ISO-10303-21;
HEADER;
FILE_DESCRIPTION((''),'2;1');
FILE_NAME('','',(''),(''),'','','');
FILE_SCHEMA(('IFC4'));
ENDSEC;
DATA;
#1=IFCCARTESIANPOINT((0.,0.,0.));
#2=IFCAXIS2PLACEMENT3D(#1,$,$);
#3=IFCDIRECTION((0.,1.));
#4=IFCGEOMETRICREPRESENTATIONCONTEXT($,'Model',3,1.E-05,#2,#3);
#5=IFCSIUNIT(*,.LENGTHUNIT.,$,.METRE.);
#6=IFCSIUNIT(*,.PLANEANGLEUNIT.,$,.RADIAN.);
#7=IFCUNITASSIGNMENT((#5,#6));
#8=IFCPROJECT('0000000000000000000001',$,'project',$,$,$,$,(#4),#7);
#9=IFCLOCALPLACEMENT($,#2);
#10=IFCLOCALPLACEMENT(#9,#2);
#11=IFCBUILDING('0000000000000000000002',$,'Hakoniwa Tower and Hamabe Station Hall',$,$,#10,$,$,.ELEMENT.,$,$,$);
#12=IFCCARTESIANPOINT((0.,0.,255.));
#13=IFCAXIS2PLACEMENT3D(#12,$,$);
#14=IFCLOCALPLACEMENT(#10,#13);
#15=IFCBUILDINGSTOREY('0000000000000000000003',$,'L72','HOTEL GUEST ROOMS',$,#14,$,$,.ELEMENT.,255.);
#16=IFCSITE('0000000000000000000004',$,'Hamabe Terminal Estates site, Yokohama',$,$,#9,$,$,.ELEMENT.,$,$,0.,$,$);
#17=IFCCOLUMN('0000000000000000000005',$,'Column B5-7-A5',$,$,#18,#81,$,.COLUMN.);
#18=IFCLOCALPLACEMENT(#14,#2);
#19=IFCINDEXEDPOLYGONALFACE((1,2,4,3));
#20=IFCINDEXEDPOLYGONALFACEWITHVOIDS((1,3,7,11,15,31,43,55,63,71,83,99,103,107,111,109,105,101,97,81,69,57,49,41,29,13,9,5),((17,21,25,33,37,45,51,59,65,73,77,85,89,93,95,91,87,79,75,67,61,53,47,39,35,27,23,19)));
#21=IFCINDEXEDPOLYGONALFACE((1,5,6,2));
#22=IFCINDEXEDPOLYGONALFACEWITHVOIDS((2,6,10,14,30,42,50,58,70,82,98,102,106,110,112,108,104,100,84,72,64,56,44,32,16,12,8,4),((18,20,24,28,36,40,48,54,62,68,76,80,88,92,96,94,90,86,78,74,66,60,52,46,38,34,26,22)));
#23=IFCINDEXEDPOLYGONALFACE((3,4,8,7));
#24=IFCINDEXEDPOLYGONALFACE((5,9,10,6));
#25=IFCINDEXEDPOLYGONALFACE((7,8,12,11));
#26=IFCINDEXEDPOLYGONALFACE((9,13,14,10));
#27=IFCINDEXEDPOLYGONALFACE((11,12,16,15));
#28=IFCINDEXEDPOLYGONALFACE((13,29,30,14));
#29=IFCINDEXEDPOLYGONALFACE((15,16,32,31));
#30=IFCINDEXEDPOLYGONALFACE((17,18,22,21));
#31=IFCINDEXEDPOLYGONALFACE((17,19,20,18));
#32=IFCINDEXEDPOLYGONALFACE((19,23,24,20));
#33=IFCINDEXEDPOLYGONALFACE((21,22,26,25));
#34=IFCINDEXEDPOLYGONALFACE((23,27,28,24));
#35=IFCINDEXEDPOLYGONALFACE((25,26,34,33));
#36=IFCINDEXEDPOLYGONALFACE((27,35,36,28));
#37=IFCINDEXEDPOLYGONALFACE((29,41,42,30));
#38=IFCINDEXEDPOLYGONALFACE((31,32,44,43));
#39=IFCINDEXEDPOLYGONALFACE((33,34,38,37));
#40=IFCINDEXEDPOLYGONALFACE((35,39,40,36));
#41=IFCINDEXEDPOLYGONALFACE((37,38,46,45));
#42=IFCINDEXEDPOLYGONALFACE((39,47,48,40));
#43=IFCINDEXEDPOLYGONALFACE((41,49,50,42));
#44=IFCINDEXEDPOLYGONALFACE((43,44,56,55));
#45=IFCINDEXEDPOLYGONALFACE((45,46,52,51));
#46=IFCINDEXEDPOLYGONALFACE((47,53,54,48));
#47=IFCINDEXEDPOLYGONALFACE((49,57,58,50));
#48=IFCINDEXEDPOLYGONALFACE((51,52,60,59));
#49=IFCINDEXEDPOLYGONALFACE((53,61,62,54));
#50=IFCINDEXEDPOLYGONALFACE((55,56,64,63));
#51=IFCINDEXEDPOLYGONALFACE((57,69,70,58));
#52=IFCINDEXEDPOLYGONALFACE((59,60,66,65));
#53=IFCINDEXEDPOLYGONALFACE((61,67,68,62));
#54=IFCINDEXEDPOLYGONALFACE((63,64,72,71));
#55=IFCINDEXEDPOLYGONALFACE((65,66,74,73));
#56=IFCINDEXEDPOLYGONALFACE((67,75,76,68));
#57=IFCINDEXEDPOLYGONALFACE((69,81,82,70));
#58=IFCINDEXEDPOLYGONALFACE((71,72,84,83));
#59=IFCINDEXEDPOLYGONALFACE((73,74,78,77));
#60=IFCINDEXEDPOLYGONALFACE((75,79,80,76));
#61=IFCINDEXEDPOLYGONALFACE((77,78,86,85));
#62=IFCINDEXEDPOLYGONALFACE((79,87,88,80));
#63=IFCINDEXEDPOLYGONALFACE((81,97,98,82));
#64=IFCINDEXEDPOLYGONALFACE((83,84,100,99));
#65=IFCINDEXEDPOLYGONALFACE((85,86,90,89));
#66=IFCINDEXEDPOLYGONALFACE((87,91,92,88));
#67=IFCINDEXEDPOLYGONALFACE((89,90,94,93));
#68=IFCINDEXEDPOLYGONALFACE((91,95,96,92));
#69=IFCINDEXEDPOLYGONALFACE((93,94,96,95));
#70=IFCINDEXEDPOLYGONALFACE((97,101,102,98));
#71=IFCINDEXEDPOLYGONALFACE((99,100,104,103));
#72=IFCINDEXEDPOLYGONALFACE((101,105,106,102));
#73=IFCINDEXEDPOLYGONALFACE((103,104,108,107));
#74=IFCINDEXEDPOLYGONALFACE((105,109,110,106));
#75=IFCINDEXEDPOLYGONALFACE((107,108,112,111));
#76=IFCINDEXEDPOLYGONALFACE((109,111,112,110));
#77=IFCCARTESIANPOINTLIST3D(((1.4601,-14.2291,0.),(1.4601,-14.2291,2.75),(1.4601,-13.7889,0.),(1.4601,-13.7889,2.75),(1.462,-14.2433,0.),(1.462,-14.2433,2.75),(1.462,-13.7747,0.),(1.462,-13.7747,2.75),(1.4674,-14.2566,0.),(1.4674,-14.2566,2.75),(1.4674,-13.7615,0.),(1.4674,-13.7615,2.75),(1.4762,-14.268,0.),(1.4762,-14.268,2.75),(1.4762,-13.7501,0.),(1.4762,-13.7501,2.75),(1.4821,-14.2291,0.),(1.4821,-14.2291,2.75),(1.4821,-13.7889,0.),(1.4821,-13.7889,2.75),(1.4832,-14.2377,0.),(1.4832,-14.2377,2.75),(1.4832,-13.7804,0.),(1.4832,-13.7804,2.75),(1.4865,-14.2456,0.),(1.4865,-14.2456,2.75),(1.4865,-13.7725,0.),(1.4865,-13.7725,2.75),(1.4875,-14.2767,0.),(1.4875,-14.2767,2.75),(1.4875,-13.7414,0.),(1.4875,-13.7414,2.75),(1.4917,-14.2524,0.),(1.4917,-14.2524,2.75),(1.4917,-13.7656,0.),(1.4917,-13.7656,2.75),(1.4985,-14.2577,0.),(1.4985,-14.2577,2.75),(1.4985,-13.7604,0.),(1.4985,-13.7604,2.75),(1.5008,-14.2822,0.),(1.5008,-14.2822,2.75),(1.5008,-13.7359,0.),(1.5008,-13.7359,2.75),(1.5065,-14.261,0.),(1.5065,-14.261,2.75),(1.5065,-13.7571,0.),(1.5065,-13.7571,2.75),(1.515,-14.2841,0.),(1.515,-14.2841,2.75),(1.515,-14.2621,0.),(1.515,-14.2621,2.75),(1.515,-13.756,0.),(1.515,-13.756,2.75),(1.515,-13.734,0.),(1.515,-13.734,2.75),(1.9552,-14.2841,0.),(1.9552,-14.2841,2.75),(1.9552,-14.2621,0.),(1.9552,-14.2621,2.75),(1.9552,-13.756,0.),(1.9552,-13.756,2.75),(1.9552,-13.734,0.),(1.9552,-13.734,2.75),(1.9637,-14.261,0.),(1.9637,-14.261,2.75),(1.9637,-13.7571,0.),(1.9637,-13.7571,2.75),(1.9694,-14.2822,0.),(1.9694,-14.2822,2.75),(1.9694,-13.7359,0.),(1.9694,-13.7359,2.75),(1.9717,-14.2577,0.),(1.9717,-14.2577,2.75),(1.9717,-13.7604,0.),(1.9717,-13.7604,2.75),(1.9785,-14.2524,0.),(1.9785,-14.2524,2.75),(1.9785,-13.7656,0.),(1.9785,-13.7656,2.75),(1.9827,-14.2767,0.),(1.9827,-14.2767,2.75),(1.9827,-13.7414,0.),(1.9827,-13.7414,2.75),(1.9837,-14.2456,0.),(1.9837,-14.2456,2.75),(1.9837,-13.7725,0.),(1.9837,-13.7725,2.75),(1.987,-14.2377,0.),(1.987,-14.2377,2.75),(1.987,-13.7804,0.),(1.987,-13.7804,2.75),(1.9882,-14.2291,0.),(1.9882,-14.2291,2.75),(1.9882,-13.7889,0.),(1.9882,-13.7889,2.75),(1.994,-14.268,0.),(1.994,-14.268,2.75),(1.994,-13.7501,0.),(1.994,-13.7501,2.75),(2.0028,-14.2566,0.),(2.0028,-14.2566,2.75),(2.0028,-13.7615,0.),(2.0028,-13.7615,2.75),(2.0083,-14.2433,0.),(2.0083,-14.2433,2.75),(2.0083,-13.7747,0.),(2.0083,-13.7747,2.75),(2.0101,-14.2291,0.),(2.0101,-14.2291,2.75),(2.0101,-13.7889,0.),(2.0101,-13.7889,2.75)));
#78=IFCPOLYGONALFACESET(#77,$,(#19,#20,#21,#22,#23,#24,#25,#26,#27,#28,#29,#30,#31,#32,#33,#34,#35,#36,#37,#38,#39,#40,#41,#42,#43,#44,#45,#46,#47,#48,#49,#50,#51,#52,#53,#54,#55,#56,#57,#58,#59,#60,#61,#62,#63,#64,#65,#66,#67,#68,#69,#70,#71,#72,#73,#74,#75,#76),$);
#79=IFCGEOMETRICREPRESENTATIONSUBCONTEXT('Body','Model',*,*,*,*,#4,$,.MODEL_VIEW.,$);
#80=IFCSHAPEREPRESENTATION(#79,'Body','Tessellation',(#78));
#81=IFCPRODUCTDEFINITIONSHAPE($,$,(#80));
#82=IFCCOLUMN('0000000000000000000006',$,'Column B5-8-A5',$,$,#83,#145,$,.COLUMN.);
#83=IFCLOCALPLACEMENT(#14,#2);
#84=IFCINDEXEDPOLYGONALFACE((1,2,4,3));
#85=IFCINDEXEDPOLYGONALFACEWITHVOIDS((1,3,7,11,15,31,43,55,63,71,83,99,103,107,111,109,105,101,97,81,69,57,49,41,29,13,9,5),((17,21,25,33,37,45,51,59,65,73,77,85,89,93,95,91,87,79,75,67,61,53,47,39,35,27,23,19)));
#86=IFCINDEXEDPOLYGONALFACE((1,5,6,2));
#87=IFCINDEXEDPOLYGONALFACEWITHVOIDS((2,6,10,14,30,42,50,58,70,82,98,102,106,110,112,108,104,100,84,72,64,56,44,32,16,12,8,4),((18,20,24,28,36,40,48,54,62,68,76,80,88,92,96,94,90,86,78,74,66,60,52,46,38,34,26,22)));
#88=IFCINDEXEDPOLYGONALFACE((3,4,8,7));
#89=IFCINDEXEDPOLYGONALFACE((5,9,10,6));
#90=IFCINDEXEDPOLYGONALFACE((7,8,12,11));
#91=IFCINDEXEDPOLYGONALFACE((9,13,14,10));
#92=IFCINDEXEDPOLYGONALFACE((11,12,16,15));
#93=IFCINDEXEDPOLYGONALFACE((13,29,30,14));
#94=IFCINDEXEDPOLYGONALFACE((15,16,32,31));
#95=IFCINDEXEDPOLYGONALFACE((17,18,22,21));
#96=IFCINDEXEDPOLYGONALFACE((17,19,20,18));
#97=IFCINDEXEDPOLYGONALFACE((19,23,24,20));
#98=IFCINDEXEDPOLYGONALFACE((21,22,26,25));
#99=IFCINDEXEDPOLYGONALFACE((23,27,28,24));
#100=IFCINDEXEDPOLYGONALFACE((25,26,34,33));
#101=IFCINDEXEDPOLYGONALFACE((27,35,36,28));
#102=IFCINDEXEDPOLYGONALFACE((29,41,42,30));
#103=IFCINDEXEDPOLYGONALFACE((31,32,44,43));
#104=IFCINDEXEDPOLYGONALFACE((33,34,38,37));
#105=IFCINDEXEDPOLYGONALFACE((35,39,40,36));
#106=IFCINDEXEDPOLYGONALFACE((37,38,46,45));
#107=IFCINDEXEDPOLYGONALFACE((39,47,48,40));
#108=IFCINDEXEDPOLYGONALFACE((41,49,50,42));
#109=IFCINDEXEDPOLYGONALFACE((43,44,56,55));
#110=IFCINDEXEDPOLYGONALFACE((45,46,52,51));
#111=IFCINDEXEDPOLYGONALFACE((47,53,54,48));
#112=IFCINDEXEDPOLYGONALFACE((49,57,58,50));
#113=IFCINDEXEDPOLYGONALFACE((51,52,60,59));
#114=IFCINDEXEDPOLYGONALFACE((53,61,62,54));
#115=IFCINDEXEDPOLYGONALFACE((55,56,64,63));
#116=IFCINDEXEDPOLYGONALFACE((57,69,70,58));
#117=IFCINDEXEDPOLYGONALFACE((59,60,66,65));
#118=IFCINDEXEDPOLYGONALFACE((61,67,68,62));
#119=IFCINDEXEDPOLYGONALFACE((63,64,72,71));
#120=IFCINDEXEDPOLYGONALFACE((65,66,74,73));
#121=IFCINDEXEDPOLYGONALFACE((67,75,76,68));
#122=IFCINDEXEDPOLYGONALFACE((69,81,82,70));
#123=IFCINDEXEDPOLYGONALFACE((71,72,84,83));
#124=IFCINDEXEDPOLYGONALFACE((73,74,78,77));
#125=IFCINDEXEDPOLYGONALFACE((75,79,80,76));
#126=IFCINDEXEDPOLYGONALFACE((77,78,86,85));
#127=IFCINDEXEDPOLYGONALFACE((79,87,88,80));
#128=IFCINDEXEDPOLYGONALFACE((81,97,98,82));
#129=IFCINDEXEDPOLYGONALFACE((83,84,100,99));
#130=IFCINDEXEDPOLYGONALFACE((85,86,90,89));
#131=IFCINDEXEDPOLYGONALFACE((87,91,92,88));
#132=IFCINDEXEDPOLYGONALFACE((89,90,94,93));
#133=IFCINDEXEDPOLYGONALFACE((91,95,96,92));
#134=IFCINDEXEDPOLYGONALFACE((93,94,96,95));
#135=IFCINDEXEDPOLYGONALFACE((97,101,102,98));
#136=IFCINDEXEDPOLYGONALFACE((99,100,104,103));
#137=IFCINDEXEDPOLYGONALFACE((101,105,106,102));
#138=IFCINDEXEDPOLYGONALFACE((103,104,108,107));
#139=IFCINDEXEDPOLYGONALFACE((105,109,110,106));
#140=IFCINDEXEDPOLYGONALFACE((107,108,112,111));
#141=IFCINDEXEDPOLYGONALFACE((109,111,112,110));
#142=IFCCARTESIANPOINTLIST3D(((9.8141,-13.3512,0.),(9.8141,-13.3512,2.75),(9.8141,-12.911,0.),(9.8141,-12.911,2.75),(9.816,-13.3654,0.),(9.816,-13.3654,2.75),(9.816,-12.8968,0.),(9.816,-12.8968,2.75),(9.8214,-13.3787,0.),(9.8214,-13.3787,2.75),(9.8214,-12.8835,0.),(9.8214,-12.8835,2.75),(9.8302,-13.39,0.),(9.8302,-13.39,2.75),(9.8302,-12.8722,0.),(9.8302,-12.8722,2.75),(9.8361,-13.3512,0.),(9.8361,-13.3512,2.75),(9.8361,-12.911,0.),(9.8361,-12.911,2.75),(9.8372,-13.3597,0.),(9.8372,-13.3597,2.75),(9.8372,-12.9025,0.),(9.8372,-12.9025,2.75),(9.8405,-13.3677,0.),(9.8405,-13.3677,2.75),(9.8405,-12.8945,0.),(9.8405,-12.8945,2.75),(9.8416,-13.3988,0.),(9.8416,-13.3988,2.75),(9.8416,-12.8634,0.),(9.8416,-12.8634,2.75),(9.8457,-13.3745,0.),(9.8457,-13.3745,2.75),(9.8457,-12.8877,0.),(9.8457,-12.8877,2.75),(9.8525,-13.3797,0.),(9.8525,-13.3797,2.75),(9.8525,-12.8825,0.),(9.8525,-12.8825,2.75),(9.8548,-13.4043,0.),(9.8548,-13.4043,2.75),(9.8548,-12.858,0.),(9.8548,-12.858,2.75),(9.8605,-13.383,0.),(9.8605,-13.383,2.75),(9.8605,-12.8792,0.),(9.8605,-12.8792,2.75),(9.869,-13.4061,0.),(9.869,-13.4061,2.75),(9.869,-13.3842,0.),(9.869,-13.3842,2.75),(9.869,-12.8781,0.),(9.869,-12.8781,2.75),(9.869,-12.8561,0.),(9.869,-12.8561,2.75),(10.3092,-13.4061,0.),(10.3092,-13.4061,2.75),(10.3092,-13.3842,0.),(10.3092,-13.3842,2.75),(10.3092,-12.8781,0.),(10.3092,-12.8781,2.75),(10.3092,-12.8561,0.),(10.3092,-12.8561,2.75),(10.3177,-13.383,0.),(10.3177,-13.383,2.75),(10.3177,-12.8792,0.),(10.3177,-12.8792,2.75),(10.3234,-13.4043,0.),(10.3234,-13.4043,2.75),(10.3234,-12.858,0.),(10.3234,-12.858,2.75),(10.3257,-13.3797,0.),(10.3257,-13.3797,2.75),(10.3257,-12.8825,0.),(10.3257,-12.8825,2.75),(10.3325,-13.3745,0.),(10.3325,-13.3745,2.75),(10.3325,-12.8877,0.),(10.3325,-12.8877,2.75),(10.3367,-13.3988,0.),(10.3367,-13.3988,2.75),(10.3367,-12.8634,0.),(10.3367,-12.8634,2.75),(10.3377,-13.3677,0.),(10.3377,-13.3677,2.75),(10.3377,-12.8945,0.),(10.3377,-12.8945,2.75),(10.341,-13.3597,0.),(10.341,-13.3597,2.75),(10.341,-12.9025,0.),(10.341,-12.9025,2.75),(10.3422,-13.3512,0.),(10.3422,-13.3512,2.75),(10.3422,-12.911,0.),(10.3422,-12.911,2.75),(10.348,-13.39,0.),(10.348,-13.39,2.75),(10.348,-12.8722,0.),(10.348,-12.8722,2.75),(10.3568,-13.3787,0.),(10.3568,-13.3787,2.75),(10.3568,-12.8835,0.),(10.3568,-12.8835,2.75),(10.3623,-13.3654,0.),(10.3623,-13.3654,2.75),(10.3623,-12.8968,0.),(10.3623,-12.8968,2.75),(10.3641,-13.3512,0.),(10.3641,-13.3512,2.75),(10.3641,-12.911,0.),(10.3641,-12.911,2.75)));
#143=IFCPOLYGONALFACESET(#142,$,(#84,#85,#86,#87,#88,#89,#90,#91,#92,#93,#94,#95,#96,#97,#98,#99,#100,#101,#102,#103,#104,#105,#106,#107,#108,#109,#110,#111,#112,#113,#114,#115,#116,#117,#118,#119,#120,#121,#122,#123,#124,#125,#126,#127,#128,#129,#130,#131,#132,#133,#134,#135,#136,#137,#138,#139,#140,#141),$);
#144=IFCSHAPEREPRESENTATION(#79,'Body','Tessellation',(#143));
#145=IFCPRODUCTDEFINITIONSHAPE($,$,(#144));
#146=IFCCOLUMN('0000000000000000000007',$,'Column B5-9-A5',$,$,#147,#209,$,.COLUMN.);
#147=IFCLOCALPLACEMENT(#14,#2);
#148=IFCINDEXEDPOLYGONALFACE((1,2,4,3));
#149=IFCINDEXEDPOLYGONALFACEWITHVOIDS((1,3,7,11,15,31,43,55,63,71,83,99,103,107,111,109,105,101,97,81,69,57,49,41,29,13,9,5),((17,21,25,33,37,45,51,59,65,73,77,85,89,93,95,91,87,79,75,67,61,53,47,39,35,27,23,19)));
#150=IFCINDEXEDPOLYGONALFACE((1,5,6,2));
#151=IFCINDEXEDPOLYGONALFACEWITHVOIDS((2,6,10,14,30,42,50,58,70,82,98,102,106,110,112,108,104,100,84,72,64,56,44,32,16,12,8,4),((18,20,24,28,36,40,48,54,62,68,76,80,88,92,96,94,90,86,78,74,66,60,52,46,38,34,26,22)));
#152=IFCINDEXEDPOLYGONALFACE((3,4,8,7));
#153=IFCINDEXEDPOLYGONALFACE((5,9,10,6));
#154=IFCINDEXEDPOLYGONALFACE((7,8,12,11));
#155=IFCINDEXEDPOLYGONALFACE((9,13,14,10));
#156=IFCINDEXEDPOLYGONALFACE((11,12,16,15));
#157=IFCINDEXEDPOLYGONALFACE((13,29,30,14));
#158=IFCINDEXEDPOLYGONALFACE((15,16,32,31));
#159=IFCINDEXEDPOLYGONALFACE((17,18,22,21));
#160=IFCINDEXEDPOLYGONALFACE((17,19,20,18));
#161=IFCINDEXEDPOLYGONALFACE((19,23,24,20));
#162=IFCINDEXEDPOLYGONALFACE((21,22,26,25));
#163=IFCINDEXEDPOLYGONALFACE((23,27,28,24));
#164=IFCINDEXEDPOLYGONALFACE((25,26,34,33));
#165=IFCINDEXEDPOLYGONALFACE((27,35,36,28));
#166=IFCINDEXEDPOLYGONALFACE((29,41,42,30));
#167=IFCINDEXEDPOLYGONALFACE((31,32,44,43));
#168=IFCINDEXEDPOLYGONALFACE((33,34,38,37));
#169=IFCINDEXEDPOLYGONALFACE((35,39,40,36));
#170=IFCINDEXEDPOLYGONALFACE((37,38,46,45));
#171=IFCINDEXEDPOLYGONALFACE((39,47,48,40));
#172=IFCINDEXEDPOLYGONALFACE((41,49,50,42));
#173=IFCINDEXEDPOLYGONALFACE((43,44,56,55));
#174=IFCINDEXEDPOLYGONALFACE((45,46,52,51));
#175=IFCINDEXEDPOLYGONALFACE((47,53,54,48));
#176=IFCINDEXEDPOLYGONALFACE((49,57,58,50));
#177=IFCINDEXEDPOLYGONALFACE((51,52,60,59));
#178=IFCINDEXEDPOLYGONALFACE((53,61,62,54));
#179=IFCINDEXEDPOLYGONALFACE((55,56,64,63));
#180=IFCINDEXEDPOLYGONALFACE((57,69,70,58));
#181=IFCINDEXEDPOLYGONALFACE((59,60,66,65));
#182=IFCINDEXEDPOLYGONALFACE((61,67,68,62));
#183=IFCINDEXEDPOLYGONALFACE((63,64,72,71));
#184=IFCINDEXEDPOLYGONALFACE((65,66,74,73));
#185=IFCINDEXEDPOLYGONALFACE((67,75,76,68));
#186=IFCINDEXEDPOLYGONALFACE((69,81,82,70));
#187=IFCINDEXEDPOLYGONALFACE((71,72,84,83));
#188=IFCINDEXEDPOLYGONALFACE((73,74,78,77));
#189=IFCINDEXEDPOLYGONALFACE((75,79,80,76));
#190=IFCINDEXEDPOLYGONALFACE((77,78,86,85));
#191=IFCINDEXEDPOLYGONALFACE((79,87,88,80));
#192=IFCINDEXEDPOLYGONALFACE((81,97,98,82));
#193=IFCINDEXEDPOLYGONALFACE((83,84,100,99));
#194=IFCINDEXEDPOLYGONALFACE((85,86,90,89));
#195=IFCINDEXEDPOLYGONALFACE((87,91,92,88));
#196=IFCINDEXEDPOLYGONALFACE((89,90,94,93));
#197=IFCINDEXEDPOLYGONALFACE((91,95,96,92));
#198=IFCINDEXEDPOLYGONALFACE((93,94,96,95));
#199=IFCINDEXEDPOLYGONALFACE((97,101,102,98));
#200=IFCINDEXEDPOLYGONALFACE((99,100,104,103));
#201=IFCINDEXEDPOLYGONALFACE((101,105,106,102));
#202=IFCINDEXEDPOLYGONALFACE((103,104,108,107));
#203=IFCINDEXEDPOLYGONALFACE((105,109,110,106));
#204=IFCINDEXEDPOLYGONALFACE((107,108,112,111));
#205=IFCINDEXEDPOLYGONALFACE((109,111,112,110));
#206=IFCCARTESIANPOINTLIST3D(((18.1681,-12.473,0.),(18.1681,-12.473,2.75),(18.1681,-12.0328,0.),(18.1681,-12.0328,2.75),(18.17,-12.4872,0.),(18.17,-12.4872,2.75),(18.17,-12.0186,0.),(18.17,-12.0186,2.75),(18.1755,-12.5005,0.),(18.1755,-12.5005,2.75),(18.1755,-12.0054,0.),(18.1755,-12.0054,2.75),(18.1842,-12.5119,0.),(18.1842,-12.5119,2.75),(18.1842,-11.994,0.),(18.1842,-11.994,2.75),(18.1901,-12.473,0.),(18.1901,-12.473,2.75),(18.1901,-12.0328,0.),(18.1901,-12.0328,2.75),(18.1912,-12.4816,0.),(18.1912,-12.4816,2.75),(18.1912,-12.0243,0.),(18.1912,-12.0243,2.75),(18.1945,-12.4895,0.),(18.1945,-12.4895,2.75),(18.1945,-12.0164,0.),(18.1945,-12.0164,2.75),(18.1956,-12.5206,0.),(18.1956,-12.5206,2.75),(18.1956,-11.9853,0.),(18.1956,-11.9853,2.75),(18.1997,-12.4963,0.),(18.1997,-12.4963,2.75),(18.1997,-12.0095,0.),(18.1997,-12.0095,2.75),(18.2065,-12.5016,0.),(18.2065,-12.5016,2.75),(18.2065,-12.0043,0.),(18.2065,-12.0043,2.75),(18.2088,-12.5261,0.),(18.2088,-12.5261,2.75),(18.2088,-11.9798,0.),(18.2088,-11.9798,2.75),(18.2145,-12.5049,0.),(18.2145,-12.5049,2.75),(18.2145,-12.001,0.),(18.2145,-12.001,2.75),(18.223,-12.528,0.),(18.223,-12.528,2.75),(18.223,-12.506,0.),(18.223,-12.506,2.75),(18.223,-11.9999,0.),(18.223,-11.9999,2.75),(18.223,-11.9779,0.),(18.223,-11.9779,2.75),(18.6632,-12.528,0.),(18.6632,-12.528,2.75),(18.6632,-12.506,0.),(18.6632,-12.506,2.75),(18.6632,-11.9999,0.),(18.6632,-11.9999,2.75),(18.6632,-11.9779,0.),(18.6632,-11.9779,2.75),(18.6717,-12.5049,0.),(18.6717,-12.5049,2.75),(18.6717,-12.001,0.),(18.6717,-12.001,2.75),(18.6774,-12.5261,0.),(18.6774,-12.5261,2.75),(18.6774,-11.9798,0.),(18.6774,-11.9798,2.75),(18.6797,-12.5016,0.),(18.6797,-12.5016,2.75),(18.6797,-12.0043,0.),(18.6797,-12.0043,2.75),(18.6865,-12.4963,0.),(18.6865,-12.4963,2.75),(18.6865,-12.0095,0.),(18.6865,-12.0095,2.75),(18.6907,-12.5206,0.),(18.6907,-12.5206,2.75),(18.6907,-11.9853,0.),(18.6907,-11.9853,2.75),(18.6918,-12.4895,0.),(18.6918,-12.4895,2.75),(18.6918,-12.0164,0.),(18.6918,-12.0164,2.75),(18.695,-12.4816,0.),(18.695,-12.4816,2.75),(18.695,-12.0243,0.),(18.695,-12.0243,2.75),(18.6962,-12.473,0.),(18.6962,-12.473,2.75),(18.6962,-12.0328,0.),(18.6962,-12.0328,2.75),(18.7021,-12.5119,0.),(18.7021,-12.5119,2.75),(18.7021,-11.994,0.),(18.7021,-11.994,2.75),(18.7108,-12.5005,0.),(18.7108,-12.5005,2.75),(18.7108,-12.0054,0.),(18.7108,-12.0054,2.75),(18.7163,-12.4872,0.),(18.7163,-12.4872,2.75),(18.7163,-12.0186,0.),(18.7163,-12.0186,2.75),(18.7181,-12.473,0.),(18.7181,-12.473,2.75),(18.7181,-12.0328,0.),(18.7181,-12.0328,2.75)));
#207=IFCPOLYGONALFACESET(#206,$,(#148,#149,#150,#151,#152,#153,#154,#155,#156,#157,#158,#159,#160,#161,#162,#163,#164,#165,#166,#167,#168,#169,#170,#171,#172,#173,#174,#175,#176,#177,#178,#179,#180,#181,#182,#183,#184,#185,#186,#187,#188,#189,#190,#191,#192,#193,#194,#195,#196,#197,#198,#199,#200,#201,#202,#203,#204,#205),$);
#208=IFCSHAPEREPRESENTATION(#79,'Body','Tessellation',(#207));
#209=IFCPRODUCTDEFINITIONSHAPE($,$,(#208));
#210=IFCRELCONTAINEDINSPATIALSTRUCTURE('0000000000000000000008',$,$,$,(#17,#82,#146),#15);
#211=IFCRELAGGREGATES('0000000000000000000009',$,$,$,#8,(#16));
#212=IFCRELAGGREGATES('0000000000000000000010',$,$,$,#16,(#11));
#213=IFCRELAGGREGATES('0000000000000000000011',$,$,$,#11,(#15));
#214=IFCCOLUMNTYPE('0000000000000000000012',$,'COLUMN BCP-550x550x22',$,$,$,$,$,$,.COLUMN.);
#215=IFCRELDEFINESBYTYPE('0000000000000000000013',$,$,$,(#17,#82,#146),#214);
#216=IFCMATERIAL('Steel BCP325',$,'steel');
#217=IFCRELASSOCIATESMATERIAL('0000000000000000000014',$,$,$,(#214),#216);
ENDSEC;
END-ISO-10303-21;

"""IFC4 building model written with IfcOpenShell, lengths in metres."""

from ifc_helpers import new_model, si_unit, direction, frame, origin, origin_2d, place, context, subcontext, project, spatial, hollow_rectangle, extrude, material, material_profile, profile_set, type_object, element, save


model = new_model("IFC4")

# Units and contexts
model_context = context("Model", 3, precision=1e-05, world=origin(), true_north=direction((0.0, 1.0)))
body_context = subcontext(model_context, "Body", "Model", "MODEL_VIEW")
ifc_project = project(units=[si_unit("LENGTHUNIT", "METRE"), si_unit("PLANEANGLEUNIT", "RADIAN")], contexts=[model_context])

# Site, building, storey
site_placement = place(None, origin())
site = spatial("IfcSite", under=ifc_project, at=site_placement, Name="Hamabe Terminal Estates site, Yokohama", CompositionType="ELEMENT", RefElevation=0.0)
building_placement = place(site_placement, origin())
building = spatial("IfcBuilding", under=site, at=building_placement, Name="Hakoniwa Tower and Hamabe Station Hall", CompositionType="ELEMENT")
storey_placement = place(building_placement, frame((0.0, 0.0, 255.0)))
storey = spatial("IfcBuildingStorey", under=building, at=storey_placement, Name="L72", Description="HOTEL GUEST ROOMS", CompositionType="ELEMENT", Elevation=255.0)

# Columns
ifc_material_1 = material(Name="Steel BCP325", Category="steel")
ifc_material_profile_1 = material_profile(ifc_material_1, hollow_rectangle(XDim=0.55, YDim=0.55, WallThickness=0.022, InnerFilletRadius=0.033, OuterFilletRadius=0.0549, at=origin_2d()), Name="BCP-550x550x22")
ifc_profile_set_1 = profile_set([ifc_material_profile_1], Name="Steel BCP325")
column_type = type_object("IfcColumnType", Name="COLUMN BCP-550x550x22", PredefinedType="COLUMN", material=ifc_profile_set_1)
for number, where, z_axis, x_axis, name in (
    (1, (1.7351, -14.009, 0.0), (0.0, 0.0, 1.0), (1.0, 0.0, 0.0), "Column B5-7-A5"),
    (2, (10.0891, -13.1311, 0.0), (0.0, 0.0, 1.0), (1.0, 0.0, 0.0), "Column B5-8-A5"),
    (3, (18.4431, -12.2529, 0.0), (0.0, 0.0, 1.0), (1.0, 0.0, 0.0), "Column B5-9-A5"),
):
    element("IfcColumn", number, at=place(storey_placement, frame(where, z_axis=z_axis, x_axis=x_axis)), inside=storey, type_object=column_type, Name=name, PredefinedType="COLUMN", context=body_context, shape_type="SweptSolid", body=[
        extrude(hollow_rectangle(XDim=0.55, YDim=0.55, WallThickness=0.022, InnerFilletRadius=0.033, OuterFilletRadius=0.0549, at=origin_2d()), origin(), (0.0, 0.0, 1.0), 2.75),
    ])

save(model, "model.ifc")
